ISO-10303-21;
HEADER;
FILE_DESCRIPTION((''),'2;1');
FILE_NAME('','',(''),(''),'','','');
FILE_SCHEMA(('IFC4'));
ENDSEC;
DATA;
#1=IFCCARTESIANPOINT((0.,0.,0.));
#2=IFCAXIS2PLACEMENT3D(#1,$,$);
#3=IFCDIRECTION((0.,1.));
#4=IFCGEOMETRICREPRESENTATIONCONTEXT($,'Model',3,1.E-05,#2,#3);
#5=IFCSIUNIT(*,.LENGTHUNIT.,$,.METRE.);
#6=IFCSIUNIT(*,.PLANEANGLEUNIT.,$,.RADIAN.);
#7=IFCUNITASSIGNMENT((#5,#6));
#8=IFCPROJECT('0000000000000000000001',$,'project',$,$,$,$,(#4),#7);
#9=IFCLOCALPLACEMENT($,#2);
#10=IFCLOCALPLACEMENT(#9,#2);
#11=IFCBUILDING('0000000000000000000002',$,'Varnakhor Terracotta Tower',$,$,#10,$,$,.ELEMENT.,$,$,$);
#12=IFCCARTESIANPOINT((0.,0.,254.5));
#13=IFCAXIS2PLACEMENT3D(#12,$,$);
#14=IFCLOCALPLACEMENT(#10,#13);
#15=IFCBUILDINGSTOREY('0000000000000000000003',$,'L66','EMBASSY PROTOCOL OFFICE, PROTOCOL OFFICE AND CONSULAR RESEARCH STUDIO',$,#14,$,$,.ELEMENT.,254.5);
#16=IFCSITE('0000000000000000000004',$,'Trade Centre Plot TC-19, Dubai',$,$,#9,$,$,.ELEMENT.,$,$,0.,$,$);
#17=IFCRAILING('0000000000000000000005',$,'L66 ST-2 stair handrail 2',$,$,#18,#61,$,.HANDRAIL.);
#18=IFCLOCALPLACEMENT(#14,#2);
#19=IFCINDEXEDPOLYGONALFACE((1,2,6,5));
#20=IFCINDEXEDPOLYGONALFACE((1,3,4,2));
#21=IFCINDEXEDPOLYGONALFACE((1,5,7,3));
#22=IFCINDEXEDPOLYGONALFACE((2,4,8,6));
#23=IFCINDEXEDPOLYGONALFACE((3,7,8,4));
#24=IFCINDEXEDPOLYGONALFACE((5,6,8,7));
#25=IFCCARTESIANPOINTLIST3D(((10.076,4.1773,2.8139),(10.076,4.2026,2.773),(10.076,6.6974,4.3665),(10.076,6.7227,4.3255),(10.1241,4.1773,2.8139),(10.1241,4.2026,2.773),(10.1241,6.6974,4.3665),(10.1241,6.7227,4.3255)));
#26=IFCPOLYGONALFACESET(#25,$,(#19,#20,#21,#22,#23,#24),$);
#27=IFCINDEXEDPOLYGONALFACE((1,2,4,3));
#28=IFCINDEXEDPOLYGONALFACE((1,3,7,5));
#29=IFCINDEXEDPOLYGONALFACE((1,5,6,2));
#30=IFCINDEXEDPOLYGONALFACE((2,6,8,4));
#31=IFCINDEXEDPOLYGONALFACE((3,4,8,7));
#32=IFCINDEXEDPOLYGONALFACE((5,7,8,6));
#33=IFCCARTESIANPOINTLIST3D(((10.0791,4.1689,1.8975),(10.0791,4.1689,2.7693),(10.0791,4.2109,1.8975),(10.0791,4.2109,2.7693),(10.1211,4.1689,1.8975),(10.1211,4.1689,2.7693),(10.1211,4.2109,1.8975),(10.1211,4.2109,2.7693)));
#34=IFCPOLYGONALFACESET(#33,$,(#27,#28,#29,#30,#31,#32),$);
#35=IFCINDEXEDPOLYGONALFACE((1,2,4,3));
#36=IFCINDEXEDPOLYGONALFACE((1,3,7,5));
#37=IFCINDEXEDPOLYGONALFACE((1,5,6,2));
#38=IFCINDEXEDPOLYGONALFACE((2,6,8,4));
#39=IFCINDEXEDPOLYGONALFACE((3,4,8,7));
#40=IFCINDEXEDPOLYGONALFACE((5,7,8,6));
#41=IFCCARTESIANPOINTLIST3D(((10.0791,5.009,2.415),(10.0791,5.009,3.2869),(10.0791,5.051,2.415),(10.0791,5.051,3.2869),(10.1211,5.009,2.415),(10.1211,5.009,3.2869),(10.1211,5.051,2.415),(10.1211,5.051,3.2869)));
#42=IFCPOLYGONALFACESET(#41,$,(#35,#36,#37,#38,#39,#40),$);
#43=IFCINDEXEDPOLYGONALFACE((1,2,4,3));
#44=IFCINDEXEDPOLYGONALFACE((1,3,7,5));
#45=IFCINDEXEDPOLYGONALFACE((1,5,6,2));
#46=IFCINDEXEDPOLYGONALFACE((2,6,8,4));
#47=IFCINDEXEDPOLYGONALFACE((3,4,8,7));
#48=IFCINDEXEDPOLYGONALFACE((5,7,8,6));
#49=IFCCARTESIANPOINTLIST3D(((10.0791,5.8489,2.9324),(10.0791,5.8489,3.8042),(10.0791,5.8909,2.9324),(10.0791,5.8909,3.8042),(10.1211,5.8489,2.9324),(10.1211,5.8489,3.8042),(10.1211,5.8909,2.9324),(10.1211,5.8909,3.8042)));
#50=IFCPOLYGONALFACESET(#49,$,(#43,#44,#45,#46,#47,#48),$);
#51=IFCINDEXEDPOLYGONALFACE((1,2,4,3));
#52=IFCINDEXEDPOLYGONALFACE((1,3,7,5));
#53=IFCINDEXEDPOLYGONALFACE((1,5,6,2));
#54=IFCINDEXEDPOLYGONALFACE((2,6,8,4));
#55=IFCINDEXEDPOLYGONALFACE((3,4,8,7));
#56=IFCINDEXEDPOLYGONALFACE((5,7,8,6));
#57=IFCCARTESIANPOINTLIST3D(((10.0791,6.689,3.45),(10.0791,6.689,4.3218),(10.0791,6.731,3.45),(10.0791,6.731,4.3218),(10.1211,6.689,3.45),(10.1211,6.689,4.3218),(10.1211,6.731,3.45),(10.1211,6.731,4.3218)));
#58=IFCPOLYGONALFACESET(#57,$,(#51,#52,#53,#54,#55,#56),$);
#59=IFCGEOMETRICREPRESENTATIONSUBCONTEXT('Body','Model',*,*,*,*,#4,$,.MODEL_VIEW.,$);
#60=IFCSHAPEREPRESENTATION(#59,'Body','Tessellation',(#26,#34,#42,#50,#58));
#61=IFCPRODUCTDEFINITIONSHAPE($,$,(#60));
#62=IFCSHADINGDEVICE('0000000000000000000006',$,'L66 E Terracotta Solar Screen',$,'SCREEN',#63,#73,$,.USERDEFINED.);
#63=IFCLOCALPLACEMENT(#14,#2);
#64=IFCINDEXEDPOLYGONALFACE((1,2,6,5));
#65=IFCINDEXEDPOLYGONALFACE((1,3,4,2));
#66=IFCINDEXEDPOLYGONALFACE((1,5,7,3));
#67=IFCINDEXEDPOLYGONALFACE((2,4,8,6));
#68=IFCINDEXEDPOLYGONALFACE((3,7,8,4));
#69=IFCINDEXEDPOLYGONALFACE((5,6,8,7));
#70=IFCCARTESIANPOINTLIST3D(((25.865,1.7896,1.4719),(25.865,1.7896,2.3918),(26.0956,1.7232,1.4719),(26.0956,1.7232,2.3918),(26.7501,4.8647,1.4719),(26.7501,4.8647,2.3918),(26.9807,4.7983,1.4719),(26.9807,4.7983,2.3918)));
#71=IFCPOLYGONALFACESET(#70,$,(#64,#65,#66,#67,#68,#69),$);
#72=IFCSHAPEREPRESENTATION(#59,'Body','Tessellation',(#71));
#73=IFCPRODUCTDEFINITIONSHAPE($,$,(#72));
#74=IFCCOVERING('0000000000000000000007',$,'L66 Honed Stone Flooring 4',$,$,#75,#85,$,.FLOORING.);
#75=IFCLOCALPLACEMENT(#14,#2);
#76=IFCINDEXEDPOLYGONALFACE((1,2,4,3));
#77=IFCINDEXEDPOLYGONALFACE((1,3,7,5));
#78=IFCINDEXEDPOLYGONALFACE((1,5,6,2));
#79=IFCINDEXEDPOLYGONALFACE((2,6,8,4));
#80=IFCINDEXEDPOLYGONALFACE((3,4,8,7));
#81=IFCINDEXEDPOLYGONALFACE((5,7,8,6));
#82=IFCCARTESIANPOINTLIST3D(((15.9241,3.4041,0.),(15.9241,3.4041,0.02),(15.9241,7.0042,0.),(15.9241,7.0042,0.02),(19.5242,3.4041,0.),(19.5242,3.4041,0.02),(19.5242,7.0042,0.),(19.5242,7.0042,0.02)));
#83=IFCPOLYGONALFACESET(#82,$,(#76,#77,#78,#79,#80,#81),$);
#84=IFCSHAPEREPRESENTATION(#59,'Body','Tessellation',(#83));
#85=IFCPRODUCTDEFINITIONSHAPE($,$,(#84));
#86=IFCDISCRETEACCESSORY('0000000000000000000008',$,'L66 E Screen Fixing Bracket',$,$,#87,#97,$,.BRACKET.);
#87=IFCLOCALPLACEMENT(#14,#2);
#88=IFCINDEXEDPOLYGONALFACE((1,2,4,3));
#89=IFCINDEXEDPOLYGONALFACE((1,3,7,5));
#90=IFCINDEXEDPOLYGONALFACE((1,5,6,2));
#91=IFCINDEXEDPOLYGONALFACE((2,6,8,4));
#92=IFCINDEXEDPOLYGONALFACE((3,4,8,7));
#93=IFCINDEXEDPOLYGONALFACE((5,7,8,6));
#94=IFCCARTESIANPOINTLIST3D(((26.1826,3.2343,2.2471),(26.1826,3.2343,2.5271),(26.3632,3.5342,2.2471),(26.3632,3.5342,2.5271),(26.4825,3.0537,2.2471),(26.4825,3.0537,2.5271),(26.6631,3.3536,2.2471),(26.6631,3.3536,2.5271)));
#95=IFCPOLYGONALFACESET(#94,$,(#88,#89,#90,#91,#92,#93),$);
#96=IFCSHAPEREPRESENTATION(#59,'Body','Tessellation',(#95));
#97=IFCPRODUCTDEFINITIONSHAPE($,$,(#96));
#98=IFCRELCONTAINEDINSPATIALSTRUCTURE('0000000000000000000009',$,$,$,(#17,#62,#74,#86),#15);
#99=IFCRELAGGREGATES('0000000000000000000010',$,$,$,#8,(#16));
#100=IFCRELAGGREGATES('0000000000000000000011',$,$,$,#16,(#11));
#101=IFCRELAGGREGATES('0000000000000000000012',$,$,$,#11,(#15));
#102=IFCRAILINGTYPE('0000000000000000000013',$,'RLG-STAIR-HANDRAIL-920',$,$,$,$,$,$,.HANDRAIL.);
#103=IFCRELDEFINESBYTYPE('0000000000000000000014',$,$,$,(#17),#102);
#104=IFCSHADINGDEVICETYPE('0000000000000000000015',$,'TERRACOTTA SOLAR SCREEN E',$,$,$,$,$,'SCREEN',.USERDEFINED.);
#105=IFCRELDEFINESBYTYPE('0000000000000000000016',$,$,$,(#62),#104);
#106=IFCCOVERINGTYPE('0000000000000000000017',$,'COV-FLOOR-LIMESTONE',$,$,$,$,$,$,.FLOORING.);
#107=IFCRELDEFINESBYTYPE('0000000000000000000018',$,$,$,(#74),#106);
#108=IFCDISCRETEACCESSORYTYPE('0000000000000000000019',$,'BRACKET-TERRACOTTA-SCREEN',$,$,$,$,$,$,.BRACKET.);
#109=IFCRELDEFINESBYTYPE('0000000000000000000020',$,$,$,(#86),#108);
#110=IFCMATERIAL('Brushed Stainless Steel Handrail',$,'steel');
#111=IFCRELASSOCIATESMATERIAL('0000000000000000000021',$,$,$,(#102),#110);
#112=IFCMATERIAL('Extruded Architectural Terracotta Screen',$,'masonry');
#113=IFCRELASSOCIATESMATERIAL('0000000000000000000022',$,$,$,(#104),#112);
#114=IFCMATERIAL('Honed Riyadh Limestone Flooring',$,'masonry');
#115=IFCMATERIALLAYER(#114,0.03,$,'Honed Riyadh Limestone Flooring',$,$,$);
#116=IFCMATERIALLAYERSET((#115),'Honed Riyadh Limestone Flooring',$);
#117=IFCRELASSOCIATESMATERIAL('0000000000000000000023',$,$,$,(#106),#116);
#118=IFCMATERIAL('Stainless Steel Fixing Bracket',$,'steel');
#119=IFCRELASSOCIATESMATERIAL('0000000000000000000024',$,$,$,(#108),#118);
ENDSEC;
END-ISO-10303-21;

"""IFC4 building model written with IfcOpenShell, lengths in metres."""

from ifc_helpers import new_model, si_unit, direction, frame, origin, origin_2d, place, context, subcontext, project, spatial, rectangle, extrude, source, transform, mapped, material, layer, layer_set, type_object, type_shapes, element, save


model = new_model("IFC4")

# Units and contexts
model_context = context("Model", 3, precision=1e-05, world=origin(), true_north=direction((0.0, 1.0)))
body_context = subcontext(model_context, "Body", "Model", "MODEL_VIEW")
ifc_project = project(units=[si_unit("LENGTHUNIT", "METRE"), si_unit("PLANEANGLEUNIT", "RADIAN")], contexts=[model_context])

# Site, building, storey
site_placement = place(None, origin())
site = spatial("IfcSite", under=ifc_project, at=site_placement, Name="Trade Centre Plot TC-19, Dubai", CompositionType="ELEMENT", RefElevation=0.0)
building_placement = place(site_placement, origin())
building = spatial("IfcBuilding", under=site, at=building_placement, Name="Varnakhor Terracotta Tower", CompositionType="ELEMENT")
storey_placement = place(building_placement, frame((0.0, 0.0, 254.5)))
storey = spatial("IfcBuildingStorey", under=building, at=storey_placement, Name="L66", Description="EMBASSY PROTOCOL OFFICE, PROTOCOL OFFICE AND CONSULAR RESEARCH STUDIO", CompositionType="ELEMENT", Elevation=254.5)

# Railing
ifc_material_1 = material(Name="Brushed Stainless Steel Handrail", Category="steel")
railing_type = type_object("IfcRailingType", Name="RLG-STAIR-HANDRAIL-920", PredefinedType="HANDRAIL", material=ifc_material_1)
railing_placement = place(storey_placement, frame((10.1001, 4.1899, 1.8975)))
element("IfcRailing", 1, at=railing_placement, inside=storey, type_object=railing_type, Name="L66 ST-2 stair handrail 2", PredefinedType="HANDRAIL", context=body_context, shape_type="SweptSolid", body=[
    extrude(rectangle(XDim=0.0481, YDim=0.0481, at=origin_2d()), frame((0.0, 0.0, 0.896), z_axis=(0.0, 0.8514, 0.524516), x_axis=(-1.0, 0.0, 0.0)), (0.0, 0.0, 1.0), 2.96),
    extrude(rectangle(XDim=0.042, YDim=0.042, at=origin_2d()), origin(), (0.0, 0.0, 1.0), 0.8718),
    extrude(rectangle(XDim=0.042, YDim=0.042, at=origin_2d()), frame((0.0, 0.8401, 0.5176)), (0.0, 0.0, 1.0), 0.8718),
    extrude(rectangle(XDim=0.042, YDim=0.042, at=origin_2d()), frame((0.0, 1.6799, 1.0349)), (0.0, 0.0, 1.0), 0.8718),
    extrude(rectangle(XDim=0.042, YDim=0.042, at=origin_2d()), frame((0.0, 2.52, 1.5525)), (0.0, 0.0, 1.0), 0.8718),
])

# Shading device
ifc_material_2 = material(Name="Extruded Architectural Terracotta Screen", Category="masonry")
shading_device_type = type_object("IfcShadingDeviceType", Name="TERRACOTTA SOLAR SCREEN E", ElementType="SCREEN", PredefinedType="USERDEFINED", material=ifc_material_2)
shared_shape_1 = source(origin(), body_context, "Body", "SweptSolid", [
    extrude(rectangle(XDim=3.2, YDim=0.24, at=origin_2d()), origin(), (0.0, 0.0, 1.0), 0.9199),
])
type_shapes(shading_device_type, [shared_shape_1])
shading_device_placement = place(storey_placement, frame((26.4229, 3.2939, 1.4719), z_axis=(0.0, 0.0, 1.0), x_axis=(0.276577, 0.960992, 0.0)))
element("IfcShadingDevice", 2, at=shading_device_placement, inside=storey, type_object=shading_device_type, Name="L66 E Terracotta Solar Screen", ObjectType="SCREEN", PredefinedType="USERDEFINED", context=body_context, shape_type="MappedRepresentation", body=[
    mapped(shared_shape_1, transform((0.0, 0.0, 0.0), scale=1.0)),
])

# Covering
ifc_material_3 = material(Name="Honed Riyadh Limestone Flooring", Category="masonry")
ifc_layer_1 = layer(ifc_material_3, 0.03, Name="Honed Riyadh Limestone Flooring")
ifc_layer_set_1 = layer_set([ifc_layer_1], Name="Honed Riyadh Limestone Flooring")
covering_type = type_object("IfcCoveringType", Name="COV-FLOOR-LIMESTONE", PredefinedType="FLOORING", material=ifc_layer_set_1)
shared_shape_2 = source(origin(), body_context, "Body", "SweptSolid", [
    extrude(rectangle(XDim=3.6001, YDim=3.6001, at=origin_2d()), origin(), (0.0, 0.0, 1.0), 0.02),
])
covering_placement = place(storey_placement, frame((17.7241, 5.2041, 0.0), z_axis=(0.0, 0.0, 1.0), x_axis=(1.0, 0.0, 0.0)))
element("IfcCovering", 3, at=covering_placement, inside=storey, type_object=covering_type, Name="L66 Honed Stone Flooring 4", PredefinedType="FLOORING", context=body_context, shape_type="MappedRepresentation", body=[
    mapped(shared_shape_2, transform((0.0, 0.0, 0.0), scale=1.0)),
])

# Discrete accessory
ifc_material_4 = material(Name="Stainless Steel Fixing Bracket", Category="steel")
discrete_accessory_type = type_object("IfcDiscreteAccessoryType", Name="BRACKET-TERRACOTTA-SCREEN", PredefinedType="BRACKET", material=ifc_material_4)
shared_shape_3 = source(origin(), body_context, "Body", "SweptSolid", [
    extrude(rectangle(XDim=0.3501, YDim=0.3501, at=origin_2d()), origin(), (0.0, 0.0, 1.0), 0.28),
])
type_shapes(discrete_accessory_type, [shared_shape_3])
discrete_accessory_placement = place(storey_placement, frame((26.4229, 3.2939, 2.2471), z_axis=(0.0, 0.0, 1.0), x_axis=(0.515876, 0.856664, 0.0)))
element("IfcDiscreteAccessory", 4, at=discrete_accessory_placement, inside=storey, type_object=discrete_accessory_type, Name="L66 E Screen Fixing Bracket", PredefinedType="BRACKET", context=body_context, shape_type="MappedRepresentation", body=[
    mapped(shared_shape_3, transform((0.0, 0.0, 0.0), scale=1.0)),
])

save(model, "model.ifc")
